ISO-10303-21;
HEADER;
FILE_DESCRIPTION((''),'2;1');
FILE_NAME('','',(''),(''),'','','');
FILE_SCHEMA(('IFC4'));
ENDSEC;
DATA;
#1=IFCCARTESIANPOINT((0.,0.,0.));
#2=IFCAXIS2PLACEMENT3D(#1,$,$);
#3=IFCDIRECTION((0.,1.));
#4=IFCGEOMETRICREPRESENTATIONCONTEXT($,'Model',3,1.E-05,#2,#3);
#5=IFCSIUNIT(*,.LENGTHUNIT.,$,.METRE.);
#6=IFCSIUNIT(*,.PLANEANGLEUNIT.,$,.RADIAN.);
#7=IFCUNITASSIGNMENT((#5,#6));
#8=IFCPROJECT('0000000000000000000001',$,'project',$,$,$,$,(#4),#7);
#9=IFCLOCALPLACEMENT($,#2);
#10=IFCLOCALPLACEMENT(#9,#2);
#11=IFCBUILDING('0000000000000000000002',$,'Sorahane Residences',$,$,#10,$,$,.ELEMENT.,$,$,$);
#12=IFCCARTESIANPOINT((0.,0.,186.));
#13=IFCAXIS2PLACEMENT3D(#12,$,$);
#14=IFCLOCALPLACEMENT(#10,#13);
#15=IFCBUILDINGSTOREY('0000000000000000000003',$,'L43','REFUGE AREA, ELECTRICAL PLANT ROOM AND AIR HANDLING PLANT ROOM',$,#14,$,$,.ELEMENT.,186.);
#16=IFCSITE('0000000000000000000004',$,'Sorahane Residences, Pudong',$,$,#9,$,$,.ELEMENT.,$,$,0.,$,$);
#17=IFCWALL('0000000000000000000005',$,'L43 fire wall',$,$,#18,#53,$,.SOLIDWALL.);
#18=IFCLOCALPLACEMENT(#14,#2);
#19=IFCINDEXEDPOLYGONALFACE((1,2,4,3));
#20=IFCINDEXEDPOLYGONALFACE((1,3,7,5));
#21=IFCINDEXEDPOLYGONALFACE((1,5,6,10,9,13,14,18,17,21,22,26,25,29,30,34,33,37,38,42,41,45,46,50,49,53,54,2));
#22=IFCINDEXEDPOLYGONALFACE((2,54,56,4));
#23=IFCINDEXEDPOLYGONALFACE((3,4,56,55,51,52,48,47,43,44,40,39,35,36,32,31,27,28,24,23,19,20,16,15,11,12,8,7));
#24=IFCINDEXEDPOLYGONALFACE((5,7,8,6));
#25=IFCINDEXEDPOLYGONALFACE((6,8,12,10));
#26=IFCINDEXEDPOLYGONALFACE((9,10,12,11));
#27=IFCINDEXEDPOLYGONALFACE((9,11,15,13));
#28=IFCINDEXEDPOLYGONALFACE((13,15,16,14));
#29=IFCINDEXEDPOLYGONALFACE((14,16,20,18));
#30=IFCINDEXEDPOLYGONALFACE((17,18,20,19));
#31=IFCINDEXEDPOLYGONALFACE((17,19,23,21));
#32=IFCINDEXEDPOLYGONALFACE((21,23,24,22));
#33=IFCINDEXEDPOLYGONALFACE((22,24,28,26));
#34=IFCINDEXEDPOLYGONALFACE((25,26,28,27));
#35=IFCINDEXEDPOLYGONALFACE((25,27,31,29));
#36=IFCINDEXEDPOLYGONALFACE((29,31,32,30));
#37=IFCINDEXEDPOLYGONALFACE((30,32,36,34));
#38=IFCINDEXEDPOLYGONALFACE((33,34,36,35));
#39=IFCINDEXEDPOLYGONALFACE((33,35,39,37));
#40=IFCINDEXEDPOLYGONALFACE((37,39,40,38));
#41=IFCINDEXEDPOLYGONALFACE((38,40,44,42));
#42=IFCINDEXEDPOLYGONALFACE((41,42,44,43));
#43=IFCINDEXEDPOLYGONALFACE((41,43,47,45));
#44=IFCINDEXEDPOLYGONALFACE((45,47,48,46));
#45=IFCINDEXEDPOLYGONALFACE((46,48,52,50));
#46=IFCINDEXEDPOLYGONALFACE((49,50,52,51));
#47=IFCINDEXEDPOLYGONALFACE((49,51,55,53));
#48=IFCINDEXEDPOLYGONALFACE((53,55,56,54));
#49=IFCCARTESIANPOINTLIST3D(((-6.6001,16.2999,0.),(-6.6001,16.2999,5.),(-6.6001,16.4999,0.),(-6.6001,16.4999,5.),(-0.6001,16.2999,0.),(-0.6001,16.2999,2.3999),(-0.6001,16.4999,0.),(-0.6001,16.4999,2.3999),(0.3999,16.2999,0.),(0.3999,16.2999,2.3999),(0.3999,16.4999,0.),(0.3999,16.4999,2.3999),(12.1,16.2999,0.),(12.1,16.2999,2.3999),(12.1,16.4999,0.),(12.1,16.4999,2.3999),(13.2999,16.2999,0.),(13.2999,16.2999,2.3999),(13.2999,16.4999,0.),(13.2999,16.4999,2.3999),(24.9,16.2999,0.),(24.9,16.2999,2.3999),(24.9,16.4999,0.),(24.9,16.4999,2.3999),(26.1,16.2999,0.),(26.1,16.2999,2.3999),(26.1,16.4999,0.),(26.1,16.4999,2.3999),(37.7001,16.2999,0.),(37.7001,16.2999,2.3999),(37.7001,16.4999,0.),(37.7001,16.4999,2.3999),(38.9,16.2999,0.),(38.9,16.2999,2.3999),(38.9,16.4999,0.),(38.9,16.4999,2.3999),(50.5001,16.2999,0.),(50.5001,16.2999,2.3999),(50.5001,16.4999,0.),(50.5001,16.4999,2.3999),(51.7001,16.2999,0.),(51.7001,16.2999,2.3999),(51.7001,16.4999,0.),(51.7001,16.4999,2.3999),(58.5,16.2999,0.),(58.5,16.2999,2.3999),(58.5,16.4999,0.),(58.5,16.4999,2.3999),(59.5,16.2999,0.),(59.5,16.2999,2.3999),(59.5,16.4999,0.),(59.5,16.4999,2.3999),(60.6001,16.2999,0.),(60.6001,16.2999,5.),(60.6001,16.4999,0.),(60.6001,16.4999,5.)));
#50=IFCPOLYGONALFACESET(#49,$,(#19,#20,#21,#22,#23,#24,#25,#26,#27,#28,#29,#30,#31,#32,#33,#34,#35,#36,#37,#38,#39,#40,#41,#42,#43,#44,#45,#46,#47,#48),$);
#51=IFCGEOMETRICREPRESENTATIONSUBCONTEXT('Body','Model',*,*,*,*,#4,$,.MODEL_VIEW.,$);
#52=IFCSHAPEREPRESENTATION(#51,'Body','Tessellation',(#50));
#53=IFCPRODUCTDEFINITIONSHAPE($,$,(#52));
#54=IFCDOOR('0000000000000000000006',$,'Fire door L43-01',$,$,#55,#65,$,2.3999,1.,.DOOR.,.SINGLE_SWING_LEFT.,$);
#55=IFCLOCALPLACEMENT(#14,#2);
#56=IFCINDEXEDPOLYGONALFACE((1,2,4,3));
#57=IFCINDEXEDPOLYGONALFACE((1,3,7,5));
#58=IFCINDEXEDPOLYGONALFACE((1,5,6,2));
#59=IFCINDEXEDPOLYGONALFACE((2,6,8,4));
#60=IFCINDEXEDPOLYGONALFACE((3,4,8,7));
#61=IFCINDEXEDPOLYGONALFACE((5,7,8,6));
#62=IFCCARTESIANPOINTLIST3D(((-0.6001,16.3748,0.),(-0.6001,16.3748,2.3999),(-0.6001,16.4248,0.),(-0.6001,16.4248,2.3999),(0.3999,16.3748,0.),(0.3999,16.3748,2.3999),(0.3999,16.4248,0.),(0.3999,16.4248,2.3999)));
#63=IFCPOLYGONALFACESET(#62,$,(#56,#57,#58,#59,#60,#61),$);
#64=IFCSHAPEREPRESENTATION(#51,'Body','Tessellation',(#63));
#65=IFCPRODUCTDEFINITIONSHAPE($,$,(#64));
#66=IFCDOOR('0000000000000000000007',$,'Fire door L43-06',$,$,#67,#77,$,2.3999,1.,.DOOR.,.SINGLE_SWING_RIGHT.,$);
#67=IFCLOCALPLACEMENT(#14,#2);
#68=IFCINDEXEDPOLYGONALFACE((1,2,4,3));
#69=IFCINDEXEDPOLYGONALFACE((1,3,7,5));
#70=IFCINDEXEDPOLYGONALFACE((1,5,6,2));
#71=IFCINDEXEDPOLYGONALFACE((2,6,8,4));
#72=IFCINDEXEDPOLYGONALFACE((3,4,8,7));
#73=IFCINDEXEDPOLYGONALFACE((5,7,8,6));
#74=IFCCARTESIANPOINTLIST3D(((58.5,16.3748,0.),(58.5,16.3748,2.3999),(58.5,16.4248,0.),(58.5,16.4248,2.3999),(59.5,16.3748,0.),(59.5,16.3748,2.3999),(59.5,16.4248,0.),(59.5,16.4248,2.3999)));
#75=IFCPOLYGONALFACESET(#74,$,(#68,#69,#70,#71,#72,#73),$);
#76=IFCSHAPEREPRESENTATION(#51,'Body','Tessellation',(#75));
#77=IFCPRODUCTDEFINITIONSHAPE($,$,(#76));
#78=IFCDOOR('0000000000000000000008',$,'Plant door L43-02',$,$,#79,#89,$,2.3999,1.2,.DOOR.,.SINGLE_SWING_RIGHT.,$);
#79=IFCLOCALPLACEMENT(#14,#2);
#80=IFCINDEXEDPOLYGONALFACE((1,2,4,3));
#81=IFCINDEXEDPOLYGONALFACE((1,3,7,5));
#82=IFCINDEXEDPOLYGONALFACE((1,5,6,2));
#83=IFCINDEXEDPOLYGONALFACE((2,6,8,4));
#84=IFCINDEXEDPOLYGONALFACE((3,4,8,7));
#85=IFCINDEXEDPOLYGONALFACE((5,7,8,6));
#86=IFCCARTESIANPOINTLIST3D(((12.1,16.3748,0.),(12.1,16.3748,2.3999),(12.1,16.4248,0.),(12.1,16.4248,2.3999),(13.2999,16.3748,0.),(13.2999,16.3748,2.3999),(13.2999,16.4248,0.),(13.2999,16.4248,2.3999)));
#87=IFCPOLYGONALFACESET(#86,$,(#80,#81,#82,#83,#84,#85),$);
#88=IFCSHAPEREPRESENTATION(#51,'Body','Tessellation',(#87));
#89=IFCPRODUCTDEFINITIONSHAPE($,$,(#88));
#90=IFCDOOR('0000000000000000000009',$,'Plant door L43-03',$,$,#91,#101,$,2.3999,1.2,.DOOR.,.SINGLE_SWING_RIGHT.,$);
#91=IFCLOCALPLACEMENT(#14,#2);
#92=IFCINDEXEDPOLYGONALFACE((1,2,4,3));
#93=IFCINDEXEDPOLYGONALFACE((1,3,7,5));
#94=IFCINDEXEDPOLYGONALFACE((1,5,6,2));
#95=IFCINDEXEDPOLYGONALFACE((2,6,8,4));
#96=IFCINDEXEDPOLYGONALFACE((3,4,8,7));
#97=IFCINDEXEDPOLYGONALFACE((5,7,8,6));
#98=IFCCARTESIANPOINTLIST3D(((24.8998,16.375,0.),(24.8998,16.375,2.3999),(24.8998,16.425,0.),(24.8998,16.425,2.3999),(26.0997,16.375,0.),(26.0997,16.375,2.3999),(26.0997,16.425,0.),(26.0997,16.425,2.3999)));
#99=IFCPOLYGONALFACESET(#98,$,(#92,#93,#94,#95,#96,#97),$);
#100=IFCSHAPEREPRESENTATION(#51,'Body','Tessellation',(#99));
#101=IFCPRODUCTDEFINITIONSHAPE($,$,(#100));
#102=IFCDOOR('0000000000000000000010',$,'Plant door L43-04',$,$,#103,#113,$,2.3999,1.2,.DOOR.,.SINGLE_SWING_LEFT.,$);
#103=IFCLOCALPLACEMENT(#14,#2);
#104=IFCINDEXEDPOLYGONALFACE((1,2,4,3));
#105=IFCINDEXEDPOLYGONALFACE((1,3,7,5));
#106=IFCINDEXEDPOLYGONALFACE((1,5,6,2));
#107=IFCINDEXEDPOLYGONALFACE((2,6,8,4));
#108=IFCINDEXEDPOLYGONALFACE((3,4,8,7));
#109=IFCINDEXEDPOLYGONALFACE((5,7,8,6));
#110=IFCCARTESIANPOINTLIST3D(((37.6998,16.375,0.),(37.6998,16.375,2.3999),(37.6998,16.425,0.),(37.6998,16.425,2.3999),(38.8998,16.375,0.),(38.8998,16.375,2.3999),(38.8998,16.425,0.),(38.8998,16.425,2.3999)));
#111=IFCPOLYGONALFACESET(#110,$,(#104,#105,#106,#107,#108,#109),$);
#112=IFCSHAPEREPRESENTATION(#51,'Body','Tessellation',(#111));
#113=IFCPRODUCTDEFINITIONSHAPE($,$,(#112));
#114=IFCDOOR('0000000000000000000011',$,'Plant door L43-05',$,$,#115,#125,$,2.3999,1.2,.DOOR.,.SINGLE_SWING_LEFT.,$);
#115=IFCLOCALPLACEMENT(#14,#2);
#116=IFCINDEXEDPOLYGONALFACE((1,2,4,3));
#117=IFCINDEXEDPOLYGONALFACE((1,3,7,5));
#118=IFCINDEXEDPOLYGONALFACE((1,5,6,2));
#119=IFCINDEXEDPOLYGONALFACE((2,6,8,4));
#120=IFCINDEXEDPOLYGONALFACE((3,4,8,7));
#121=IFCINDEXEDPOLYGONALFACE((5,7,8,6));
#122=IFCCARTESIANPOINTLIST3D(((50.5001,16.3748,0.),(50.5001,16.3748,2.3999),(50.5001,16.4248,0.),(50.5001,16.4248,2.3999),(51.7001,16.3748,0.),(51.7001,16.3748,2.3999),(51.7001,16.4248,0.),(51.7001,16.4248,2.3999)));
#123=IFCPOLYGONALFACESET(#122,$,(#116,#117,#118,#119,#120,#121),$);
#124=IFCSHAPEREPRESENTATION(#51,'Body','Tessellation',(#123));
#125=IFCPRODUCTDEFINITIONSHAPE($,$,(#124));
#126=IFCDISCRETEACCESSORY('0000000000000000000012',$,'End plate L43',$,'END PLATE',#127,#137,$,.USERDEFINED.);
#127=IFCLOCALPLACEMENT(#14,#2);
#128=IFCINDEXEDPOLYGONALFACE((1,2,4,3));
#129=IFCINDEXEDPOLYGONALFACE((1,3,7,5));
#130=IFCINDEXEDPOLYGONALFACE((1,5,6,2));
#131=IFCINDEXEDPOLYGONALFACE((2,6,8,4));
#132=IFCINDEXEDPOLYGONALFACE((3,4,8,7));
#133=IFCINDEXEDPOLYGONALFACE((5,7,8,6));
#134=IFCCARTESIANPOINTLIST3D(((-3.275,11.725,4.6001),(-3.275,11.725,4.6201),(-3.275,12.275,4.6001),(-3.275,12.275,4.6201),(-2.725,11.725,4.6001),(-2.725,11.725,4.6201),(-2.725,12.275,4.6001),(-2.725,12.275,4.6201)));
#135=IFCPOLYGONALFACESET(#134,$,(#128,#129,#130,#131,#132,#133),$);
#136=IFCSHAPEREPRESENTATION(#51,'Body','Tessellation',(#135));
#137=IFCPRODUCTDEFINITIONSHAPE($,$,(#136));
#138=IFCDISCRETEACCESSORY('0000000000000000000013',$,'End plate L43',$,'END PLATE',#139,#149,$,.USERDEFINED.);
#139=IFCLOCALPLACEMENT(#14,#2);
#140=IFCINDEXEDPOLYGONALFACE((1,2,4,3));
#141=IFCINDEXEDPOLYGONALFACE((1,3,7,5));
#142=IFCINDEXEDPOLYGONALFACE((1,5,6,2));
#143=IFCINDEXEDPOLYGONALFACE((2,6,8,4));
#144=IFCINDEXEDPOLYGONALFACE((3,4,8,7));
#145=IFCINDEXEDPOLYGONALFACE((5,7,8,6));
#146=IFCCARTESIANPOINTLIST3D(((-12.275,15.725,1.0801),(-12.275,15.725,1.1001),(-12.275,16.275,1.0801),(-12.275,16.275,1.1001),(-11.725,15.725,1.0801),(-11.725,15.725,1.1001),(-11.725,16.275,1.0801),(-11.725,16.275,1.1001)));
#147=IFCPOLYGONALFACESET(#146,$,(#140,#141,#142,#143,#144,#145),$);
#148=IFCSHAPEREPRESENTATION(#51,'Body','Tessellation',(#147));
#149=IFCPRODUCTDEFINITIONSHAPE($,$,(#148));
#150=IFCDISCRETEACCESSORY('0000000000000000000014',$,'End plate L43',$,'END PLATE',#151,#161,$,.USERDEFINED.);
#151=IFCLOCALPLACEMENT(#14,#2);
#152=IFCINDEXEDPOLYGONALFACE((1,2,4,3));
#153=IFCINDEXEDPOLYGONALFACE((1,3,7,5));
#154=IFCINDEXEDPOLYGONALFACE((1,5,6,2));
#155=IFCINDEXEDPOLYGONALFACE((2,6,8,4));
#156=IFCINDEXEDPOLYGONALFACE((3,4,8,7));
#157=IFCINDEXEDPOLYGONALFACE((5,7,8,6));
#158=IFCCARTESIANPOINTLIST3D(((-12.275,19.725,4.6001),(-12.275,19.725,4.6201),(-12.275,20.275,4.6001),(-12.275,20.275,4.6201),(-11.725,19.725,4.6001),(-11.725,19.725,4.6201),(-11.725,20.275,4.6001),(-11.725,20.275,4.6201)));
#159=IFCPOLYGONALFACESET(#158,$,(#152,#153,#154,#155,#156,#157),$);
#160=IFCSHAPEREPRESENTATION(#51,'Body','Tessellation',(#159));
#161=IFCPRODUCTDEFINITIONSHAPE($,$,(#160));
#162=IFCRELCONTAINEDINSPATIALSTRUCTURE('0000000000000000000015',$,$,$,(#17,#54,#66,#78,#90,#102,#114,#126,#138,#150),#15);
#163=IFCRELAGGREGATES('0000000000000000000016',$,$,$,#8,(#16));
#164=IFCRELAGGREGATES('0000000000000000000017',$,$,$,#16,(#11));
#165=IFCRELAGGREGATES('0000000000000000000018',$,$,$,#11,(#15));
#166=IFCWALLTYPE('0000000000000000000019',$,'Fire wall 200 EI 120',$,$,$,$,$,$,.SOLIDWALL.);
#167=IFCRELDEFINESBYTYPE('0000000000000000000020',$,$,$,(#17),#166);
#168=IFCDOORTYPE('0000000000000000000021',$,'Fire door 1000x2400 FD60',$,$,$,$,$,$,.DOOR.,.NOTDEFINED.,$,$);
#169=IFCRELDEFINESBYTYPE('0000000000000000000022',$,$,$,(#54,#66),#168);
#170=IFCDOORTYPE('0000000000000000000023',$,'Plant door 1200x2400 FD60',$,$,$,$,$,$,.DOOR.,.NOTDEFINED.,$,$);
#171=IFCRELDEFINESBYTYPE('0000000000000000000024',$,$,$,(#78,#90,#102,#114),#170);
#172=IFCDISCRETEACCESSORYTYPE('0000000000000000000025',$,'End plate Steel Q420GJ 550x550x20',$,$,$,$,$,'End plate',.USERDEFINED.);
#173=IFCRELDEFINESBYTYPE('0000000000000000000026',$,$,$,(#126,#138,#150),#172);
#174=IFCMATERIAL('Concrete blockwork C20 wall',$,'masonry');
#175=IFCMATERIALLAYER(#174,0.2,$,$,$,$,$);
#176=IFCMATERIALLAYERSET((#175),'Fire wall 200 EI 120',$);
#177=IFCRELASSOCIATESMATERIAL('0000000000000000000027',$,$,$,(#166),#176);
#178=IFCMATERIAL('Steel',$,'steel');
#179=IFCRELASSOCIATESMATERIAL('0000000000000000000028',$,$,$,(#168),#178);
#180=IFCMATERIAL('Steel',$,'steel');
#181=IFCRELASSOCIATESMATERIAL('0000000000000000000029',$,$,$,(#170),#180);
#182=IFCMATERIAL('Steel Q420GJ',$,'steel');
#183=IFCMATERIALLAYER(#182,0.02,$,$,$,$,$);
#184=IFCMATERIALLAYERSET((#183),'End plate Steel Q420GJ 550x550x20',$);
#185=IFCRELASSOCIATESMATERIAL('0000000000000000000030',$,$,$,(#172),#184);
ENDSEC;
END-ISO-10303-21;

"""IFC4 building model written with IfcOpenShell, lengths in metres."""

from ifc_helpers import new_model, si_unit, direction, frame, frame_2d, origin, origin_2d, place, context, subcontext, project, spatial, rectangle, extrude, material, layer, layer_set, type_object, element, fill, save


model = new_model("IFC4")

# Units and contexts
model_context = context("Model", 3, precision=1e-05, world=origin(), true_north=direction((0.0, 1.0)))
body_context = subcontext(model_context, "Body", "Model", "MODEL_VIEW")
ifc_project = project(units=[si_unit("LENGTHUNIT", "METRE"), si_unit("PLANEANGLEUNIT", "RADIAN")], contexts=[model_context])

# Site, building, storey
site_placement = place(None, origin())
site = spatial("IfcSite", under=ifc_project, at=site_placement, Name="Sorahane Residences, Pudong", CompositionType="ELEMENT", RefElevation=0.0)
building_placement = place(site_placement, origin())
building = spatial("IfcBuilding", under=site, at=building_placement, Name="Sorahane Residences", CompositionType="ELEMENT")
storey_placement = place(building_placement, frame((0.0, 0.0, 186.0)))
storey = spatial("IfcBuildingStorey", under=building, at=storey_placement, Name="L43", Description="REFUGE AREA, ELECTRICAL PLANT ROOM AND AIR HANDLING PLANT ROOM", CompositionType="ELEMENT", Elevation=186.0)

# Wall, openings, doors
ifc_material_1 = material(Name="Concrete blockwork C20 wall", Category="masonry")
ifc_layer_1 = layer(ifc_material_1, 0.2)
ifc_layer_set_1 = layer_set([ifc_layer_1], Name="Fire wall 200 EI 120")
wall_type_1 = type_object("IfcWallType", Name="Fire wall 200 EI 120", PredefinedType="SOLIDWALL", material=ifc_layer_set_1)
wall_1_placement = place(storey_placement, frame((-6.6001, 16.3999, 0.0), z_axis=(0.0, 0.0, 1.0), x_axis=(1.0, 0.0, 0.0)))
wall_1 = element("IfcWall", 1, at=wall_1_placement, inside=storey, type_object=wall_type_1, Name="L43 fire wall", PredefinedType="SOLIDWALL", context=body_context, shape_type="SweptSolid", body=[
    extrude(rectangle(XDim=67.2002, YDim=0.2, at=frame_2d((33.6001, 0.0))), origin(), (0.0, 0.0, 1.0), 5.0),
])
opening_1_placement = place(wall_1_placement, frame((6.0, 0.0, 0.0)))
opening_1 = element("IfcOpeningElement", 2, at=opening_1_placement, cuts=wall_1, PredefinedType="OPENING", context=body_context, shape_type="SweptSolid", body=[
    extrude(rectangle(XDim=1.0, YDim=2.3999, at=frame_2d((0.5, 1.2))), frame((0.0, 0.1099, 0.0), z_axis=(0.0, -1.0, 0.0), x_axis=(1.0, 0.0, 0.0)), (0.0, 0.0, 1.0), 0.22),
])
opening_2_placement = place(wall_1_placement, frame((18.7, 0.0, 0.0)))
opening_2 = element("IfcOpeningElement", 3, at=opening_2_placement, cuts=wall_1, PredefinedType="OPENING", context=body_context, shape_type="SweptSolid", body=[
    extrude(rectangle(XDim=1.2, YDim=2.3999, at=frame_2d((0.6001, 1.2))), frame((0.0, 0.1099, 0.0), z_axis=(0.0, -1.0, 0.0), x_axis=(1.0, 0.0, 0.0)), (0.0, 0.0, 1.0), 0.22),
])
opening_3_placement = place(wall_1_placement, frame((31.5, 0.0, 0.0)))
opening_3 = element("IfcOpeningElement", 4, at=opening_3_placement, cuts=wall_1, PredefinedType="OPENING", context=body_context, shape_type="SweptSolid", body=[
    extrude(rectangle(XDim=1.2, YDim=2.3999, at=frame_2d((0.6001, 1.2))), frame((0.0, 0.1099, 0.0), z_axis=(0.0, -1.0, 0.0), x_axis=(1.0, 0.0, 0.0)), (0.0, 0.0, 1.0), 0.22),
])
opening_4_placement = place(wall_1_placement, frame((44.3, 0.0, 0.0)))
opening_4 = element("IfcOpeningElement", 5, at=opening_4_placement, cuts=wall_1, PredefinedType="OPENING", context=body_context, shape_type="SweptSolid", body=[
    extrude(rectangle(XDim=1.2, YDim=2.3999, at=frame_2d((0.6001, 1.2))), frame((0.0, 0.1099, 0.0), z_axis=(0.0, -1.0, 0.0), x_axis=(1.0, 0.0, 0.0)), (0.0, 0.0, 1.0), 0.22),
])
opening_5_placement = place(wall_1_placement, frame((57.1001, 0.0, 0.0)))
opening_5 = element("IfcOpeningElement", 6, at=opening_5_placement, cuts=wall_1, PredefinedType="OPENING", context=body_context, shape_type="SweptSolid", body=[
    extrude(rectangle(XDim=1.2, YDim=2.3999, at=frame_2d((0.6001, 1.2))), frame((0.0, 0.1099, 0.0), z_axis=(0.0, -1.0, 0.0), x_axis=(1.0, 0.0, 0.0)), (0.0, 0.0, 1.0), 0.22),
])
opening_6_placement = place(wall_1_placement, frame((65.1001, 0.0, 0.0)))
opening_6 = element("IfcOpeningElement", 7, at=opening_6_placement, cuts=wall_1, PredefinedType="OPENING", context=body_context, shape_type="SweptSolid", body=[
    extrude(rectangle(XDim=1.0, YDim=2.3999, at=frame_2d((0.5, 1.2))), frame((0.0, 0.1099, 0.0), z_axis=(0.0, -1.0, 0.0), x_axis=(1.0, 0.0, 0.0)), (0.0, 0.0, 1.0), 0.22),
])
ifc_material_2 = material(Name="Steel", Category="steel")
door_type_1 = type_object("IfcDoorType", Name="Fire door 1000x2400 FD60", OperationType="NOTDEFINED", PredefinedType="DOOR", material=ifc_material_2)
door_1_placement = place(opening_1_placement, origin())
door_1 = element("IfcDoor", 8, at=door_1_placement, inside=storey, type_object=door_type_1, Name="Fire door L43-01", OperationType="SINGLE_SWING_LEFT", OverallHeight=2.3999, OverallWidth=1.0, PredefinedType="DOOR", context=body_context, shape_type="SweptSolid", body=[
    extrude(rectangle(XDim=1.0, YDim=2.3999, at=frame_2d((0.5, 1.2))), frame((0.0, 0.0249, 0.0), z_axis=(0.0, -1.0, 0.0), x_axis=(1.0, 0.0, 0.0)), (0.0, 0.0, 1.0), 0.05),
])
fill(opening_1, door_1)
door_2_placement = place(opening_6_placement, origin())
door_2 = element("IfcDoor", 9, at=door_2_placement, inside=storey, type_object=door_type_1, Name="Fire door L43-06", OperationType="SINGLE_SWING_RIGHT", OverallHeight=2.3999, OverallWidth=1.0, PredefinedType="DOOR", context=body_context, shape_type="SweptSolid", body=[
    extrude(rectangle(XDim=1.0, YDim=2.3999, at=frame_2d((0.5, 1.2))), frame((0.0, 0.0249, 0.0), z_axis=(0.0, -1.0, 0.0), x_axis=(1.0, 0.0, 0.0)), (0.0, 0.0, 1.0), 0.05),
])
fill(opening_6, door_2)
ifc_material_3 = material(Name="Steel", Category="steel")
door_type_2 = type_object("IfcDoorType", Name="Plant door 1200x2400 FD60", OperationType="NOTDEFINED", PredefinedType="DOOR", material=ifc_material_3)
door_3_placement = place(opening_2_placement, origin())
door_3 = element("IfcDoor", 10, at=door_3_placement, inside=storey, type_object=door_type_2, Name="Plant door L43-02", OperationType="SINGLE_SWING_RIGHT", OverallHeight=2.3999, OverallWidth=1.2, PredefinedType="DOOR", context=body_context, shape_type="SweptSolid", body=[
    extrude(rectangle(XDim=1.2, YDim=2.3999, at=frame_2d((0.6001, 1.2))), frame((0.0, 0.0249, 0.0), z_axis=(0.0, -1.0, 0.0), x_axis=(1.0, 0.0, 0.0)), (0.0, 0.0, 1.0), 0.05),
])
fill(opening_2, door_3)
door_4_placement = place(opening_3_placement, frame((1.2, 0.0, 0.0), z_axis=(0.0, 0.0, 1.0), x_axis=(-1.0, 0.0, 0.0)))
door_4 = element("IfcDoor", 11, at=door_4_placement, inside=storey, type_object=door_type_2, Name="Plant door L43-03", OperationType="SINGLE_SWING_RIGHT", OverallHeight=2.3999, OverallWidth=1.2, PredefinedType="DOOR", context=body_context, shape_type="SweptSolid", body=[
    extrude(rectangle(XDim=1.2, YDim=2.3999, at=frame_2d((0.6001, 1.2))), frame((0.0, 0.0249, 0.0), z_axis=(0.0, -1.0, 0.0), x_axis=(1.0, 0.0, 0.0)), (0.0, 0.0, 1.0), 0.05),
])
fill(opening_3, door_4)
door_5_placement = place(opening_4_placement, frame((1.2, 0.0, 0.0), z_axis=(0.0, 0.0, 1.0), x_axis=(-1.0, 0.0, 0.0)))
door_5 = element("IfcDoor", 12, at=door_5_placement, inside=storey, type_object=door_type_2, Name="Plant door L43-04", OperationType="SINGLE_SWING_LEFT", OverallHeight=2.3999, OverallWidth=1.2, PredefinedType="DOOR", context=body_context, shape_type="SweptSolid", body=[
    extrude(rectangle(XDim=1.2, YDim=2.3999, at=frame_2d((0.6001, 1.2))), frame((0.0, 0.0249, 0.0), z_axis=(0.0, -1.0, 0.0), x_axis=(1.0, 0.0, 0.0)), (0.0, 0.0, 1.0), 0.05),
])
fill(opening_4, door_5)
door_6_placement = place(opening_5_placement, origin())
door_6 = element("IfcDoor", 13, at=door_6_placement, inside=storey, type_object=door_type_2, Name="Plant door L43-05", OperationType="SINGLE_SWING_LEFT", OverallHeight=2.3999, OverallWidth=1.2, PredefinedType="DOOR", context=body_context, shape_type="SweptSolid", body=[
    extrude(rectangle(XDim=1.2, YDim=2.3999, at=frame_2d((0.6001, 1.2))), frame((0.0, 0.0249, 0.0), z_axis=(0.0, -1.0, 0.0), x_axis=(1.0, 0.0, 0.0)), (0.0, 0.0, 1.0), 0.05),
])
fill(opening_5, door_6)

# Discrete accessories
ifc_material_4 = material(Name="Steel Q420GJ", Category="steel")
ifc_layer_2 = layer(ifc_material_4, 0.02)
ifc_layer_set_2 = layer_set([ifc_layer_2], Name="End plate Steel Q420GJ 550x550x20")
discrete_accessory_type_1 = type_object("IfcDiscreteAccessoryType", Name="End plate Steel Q420GJ 550x550x20", ElementType="End plate", PredefinedType="USERDEFINED", material=ifc_layer_set_2)
for number, where, z_axis, x_axis, name in (
    (14, (-3.0, 12.0, 4.6001), (0.0, 0.0, 1.0), (1.0, 0.0, 0.0), "End plate L43"),
    (15, (-12.0, 16.0, 1.0801), (0.0, 0.0, 1.0), (1.0, 0.0, 0.0), "End plate L43"),
    (16, (-12.0, 20.0, 4.6001), (0.0, 0.0, 1.0), (1.0, 0.0, 0.0), "End plate L43"),
):
    element("IfcDiscreteAccessory", number, at=place(storey_placement, frame(where, z_axis=z_axis, x_axis=x_axis)), inside=storey, type_object=discrete_accessory_type_1, Name=name, ObjectType="END PLATE", PredefinedType="USERDEFINED", context=body_context, shape_type="SweptSolid", body=[
        extrude(rectangle(XDim=0.55, YDim=0.55, at=origin_2d()), origin(), (0.0, 0.0, 1.0), 0.02),
    ])

save(model, "model.ifc")
